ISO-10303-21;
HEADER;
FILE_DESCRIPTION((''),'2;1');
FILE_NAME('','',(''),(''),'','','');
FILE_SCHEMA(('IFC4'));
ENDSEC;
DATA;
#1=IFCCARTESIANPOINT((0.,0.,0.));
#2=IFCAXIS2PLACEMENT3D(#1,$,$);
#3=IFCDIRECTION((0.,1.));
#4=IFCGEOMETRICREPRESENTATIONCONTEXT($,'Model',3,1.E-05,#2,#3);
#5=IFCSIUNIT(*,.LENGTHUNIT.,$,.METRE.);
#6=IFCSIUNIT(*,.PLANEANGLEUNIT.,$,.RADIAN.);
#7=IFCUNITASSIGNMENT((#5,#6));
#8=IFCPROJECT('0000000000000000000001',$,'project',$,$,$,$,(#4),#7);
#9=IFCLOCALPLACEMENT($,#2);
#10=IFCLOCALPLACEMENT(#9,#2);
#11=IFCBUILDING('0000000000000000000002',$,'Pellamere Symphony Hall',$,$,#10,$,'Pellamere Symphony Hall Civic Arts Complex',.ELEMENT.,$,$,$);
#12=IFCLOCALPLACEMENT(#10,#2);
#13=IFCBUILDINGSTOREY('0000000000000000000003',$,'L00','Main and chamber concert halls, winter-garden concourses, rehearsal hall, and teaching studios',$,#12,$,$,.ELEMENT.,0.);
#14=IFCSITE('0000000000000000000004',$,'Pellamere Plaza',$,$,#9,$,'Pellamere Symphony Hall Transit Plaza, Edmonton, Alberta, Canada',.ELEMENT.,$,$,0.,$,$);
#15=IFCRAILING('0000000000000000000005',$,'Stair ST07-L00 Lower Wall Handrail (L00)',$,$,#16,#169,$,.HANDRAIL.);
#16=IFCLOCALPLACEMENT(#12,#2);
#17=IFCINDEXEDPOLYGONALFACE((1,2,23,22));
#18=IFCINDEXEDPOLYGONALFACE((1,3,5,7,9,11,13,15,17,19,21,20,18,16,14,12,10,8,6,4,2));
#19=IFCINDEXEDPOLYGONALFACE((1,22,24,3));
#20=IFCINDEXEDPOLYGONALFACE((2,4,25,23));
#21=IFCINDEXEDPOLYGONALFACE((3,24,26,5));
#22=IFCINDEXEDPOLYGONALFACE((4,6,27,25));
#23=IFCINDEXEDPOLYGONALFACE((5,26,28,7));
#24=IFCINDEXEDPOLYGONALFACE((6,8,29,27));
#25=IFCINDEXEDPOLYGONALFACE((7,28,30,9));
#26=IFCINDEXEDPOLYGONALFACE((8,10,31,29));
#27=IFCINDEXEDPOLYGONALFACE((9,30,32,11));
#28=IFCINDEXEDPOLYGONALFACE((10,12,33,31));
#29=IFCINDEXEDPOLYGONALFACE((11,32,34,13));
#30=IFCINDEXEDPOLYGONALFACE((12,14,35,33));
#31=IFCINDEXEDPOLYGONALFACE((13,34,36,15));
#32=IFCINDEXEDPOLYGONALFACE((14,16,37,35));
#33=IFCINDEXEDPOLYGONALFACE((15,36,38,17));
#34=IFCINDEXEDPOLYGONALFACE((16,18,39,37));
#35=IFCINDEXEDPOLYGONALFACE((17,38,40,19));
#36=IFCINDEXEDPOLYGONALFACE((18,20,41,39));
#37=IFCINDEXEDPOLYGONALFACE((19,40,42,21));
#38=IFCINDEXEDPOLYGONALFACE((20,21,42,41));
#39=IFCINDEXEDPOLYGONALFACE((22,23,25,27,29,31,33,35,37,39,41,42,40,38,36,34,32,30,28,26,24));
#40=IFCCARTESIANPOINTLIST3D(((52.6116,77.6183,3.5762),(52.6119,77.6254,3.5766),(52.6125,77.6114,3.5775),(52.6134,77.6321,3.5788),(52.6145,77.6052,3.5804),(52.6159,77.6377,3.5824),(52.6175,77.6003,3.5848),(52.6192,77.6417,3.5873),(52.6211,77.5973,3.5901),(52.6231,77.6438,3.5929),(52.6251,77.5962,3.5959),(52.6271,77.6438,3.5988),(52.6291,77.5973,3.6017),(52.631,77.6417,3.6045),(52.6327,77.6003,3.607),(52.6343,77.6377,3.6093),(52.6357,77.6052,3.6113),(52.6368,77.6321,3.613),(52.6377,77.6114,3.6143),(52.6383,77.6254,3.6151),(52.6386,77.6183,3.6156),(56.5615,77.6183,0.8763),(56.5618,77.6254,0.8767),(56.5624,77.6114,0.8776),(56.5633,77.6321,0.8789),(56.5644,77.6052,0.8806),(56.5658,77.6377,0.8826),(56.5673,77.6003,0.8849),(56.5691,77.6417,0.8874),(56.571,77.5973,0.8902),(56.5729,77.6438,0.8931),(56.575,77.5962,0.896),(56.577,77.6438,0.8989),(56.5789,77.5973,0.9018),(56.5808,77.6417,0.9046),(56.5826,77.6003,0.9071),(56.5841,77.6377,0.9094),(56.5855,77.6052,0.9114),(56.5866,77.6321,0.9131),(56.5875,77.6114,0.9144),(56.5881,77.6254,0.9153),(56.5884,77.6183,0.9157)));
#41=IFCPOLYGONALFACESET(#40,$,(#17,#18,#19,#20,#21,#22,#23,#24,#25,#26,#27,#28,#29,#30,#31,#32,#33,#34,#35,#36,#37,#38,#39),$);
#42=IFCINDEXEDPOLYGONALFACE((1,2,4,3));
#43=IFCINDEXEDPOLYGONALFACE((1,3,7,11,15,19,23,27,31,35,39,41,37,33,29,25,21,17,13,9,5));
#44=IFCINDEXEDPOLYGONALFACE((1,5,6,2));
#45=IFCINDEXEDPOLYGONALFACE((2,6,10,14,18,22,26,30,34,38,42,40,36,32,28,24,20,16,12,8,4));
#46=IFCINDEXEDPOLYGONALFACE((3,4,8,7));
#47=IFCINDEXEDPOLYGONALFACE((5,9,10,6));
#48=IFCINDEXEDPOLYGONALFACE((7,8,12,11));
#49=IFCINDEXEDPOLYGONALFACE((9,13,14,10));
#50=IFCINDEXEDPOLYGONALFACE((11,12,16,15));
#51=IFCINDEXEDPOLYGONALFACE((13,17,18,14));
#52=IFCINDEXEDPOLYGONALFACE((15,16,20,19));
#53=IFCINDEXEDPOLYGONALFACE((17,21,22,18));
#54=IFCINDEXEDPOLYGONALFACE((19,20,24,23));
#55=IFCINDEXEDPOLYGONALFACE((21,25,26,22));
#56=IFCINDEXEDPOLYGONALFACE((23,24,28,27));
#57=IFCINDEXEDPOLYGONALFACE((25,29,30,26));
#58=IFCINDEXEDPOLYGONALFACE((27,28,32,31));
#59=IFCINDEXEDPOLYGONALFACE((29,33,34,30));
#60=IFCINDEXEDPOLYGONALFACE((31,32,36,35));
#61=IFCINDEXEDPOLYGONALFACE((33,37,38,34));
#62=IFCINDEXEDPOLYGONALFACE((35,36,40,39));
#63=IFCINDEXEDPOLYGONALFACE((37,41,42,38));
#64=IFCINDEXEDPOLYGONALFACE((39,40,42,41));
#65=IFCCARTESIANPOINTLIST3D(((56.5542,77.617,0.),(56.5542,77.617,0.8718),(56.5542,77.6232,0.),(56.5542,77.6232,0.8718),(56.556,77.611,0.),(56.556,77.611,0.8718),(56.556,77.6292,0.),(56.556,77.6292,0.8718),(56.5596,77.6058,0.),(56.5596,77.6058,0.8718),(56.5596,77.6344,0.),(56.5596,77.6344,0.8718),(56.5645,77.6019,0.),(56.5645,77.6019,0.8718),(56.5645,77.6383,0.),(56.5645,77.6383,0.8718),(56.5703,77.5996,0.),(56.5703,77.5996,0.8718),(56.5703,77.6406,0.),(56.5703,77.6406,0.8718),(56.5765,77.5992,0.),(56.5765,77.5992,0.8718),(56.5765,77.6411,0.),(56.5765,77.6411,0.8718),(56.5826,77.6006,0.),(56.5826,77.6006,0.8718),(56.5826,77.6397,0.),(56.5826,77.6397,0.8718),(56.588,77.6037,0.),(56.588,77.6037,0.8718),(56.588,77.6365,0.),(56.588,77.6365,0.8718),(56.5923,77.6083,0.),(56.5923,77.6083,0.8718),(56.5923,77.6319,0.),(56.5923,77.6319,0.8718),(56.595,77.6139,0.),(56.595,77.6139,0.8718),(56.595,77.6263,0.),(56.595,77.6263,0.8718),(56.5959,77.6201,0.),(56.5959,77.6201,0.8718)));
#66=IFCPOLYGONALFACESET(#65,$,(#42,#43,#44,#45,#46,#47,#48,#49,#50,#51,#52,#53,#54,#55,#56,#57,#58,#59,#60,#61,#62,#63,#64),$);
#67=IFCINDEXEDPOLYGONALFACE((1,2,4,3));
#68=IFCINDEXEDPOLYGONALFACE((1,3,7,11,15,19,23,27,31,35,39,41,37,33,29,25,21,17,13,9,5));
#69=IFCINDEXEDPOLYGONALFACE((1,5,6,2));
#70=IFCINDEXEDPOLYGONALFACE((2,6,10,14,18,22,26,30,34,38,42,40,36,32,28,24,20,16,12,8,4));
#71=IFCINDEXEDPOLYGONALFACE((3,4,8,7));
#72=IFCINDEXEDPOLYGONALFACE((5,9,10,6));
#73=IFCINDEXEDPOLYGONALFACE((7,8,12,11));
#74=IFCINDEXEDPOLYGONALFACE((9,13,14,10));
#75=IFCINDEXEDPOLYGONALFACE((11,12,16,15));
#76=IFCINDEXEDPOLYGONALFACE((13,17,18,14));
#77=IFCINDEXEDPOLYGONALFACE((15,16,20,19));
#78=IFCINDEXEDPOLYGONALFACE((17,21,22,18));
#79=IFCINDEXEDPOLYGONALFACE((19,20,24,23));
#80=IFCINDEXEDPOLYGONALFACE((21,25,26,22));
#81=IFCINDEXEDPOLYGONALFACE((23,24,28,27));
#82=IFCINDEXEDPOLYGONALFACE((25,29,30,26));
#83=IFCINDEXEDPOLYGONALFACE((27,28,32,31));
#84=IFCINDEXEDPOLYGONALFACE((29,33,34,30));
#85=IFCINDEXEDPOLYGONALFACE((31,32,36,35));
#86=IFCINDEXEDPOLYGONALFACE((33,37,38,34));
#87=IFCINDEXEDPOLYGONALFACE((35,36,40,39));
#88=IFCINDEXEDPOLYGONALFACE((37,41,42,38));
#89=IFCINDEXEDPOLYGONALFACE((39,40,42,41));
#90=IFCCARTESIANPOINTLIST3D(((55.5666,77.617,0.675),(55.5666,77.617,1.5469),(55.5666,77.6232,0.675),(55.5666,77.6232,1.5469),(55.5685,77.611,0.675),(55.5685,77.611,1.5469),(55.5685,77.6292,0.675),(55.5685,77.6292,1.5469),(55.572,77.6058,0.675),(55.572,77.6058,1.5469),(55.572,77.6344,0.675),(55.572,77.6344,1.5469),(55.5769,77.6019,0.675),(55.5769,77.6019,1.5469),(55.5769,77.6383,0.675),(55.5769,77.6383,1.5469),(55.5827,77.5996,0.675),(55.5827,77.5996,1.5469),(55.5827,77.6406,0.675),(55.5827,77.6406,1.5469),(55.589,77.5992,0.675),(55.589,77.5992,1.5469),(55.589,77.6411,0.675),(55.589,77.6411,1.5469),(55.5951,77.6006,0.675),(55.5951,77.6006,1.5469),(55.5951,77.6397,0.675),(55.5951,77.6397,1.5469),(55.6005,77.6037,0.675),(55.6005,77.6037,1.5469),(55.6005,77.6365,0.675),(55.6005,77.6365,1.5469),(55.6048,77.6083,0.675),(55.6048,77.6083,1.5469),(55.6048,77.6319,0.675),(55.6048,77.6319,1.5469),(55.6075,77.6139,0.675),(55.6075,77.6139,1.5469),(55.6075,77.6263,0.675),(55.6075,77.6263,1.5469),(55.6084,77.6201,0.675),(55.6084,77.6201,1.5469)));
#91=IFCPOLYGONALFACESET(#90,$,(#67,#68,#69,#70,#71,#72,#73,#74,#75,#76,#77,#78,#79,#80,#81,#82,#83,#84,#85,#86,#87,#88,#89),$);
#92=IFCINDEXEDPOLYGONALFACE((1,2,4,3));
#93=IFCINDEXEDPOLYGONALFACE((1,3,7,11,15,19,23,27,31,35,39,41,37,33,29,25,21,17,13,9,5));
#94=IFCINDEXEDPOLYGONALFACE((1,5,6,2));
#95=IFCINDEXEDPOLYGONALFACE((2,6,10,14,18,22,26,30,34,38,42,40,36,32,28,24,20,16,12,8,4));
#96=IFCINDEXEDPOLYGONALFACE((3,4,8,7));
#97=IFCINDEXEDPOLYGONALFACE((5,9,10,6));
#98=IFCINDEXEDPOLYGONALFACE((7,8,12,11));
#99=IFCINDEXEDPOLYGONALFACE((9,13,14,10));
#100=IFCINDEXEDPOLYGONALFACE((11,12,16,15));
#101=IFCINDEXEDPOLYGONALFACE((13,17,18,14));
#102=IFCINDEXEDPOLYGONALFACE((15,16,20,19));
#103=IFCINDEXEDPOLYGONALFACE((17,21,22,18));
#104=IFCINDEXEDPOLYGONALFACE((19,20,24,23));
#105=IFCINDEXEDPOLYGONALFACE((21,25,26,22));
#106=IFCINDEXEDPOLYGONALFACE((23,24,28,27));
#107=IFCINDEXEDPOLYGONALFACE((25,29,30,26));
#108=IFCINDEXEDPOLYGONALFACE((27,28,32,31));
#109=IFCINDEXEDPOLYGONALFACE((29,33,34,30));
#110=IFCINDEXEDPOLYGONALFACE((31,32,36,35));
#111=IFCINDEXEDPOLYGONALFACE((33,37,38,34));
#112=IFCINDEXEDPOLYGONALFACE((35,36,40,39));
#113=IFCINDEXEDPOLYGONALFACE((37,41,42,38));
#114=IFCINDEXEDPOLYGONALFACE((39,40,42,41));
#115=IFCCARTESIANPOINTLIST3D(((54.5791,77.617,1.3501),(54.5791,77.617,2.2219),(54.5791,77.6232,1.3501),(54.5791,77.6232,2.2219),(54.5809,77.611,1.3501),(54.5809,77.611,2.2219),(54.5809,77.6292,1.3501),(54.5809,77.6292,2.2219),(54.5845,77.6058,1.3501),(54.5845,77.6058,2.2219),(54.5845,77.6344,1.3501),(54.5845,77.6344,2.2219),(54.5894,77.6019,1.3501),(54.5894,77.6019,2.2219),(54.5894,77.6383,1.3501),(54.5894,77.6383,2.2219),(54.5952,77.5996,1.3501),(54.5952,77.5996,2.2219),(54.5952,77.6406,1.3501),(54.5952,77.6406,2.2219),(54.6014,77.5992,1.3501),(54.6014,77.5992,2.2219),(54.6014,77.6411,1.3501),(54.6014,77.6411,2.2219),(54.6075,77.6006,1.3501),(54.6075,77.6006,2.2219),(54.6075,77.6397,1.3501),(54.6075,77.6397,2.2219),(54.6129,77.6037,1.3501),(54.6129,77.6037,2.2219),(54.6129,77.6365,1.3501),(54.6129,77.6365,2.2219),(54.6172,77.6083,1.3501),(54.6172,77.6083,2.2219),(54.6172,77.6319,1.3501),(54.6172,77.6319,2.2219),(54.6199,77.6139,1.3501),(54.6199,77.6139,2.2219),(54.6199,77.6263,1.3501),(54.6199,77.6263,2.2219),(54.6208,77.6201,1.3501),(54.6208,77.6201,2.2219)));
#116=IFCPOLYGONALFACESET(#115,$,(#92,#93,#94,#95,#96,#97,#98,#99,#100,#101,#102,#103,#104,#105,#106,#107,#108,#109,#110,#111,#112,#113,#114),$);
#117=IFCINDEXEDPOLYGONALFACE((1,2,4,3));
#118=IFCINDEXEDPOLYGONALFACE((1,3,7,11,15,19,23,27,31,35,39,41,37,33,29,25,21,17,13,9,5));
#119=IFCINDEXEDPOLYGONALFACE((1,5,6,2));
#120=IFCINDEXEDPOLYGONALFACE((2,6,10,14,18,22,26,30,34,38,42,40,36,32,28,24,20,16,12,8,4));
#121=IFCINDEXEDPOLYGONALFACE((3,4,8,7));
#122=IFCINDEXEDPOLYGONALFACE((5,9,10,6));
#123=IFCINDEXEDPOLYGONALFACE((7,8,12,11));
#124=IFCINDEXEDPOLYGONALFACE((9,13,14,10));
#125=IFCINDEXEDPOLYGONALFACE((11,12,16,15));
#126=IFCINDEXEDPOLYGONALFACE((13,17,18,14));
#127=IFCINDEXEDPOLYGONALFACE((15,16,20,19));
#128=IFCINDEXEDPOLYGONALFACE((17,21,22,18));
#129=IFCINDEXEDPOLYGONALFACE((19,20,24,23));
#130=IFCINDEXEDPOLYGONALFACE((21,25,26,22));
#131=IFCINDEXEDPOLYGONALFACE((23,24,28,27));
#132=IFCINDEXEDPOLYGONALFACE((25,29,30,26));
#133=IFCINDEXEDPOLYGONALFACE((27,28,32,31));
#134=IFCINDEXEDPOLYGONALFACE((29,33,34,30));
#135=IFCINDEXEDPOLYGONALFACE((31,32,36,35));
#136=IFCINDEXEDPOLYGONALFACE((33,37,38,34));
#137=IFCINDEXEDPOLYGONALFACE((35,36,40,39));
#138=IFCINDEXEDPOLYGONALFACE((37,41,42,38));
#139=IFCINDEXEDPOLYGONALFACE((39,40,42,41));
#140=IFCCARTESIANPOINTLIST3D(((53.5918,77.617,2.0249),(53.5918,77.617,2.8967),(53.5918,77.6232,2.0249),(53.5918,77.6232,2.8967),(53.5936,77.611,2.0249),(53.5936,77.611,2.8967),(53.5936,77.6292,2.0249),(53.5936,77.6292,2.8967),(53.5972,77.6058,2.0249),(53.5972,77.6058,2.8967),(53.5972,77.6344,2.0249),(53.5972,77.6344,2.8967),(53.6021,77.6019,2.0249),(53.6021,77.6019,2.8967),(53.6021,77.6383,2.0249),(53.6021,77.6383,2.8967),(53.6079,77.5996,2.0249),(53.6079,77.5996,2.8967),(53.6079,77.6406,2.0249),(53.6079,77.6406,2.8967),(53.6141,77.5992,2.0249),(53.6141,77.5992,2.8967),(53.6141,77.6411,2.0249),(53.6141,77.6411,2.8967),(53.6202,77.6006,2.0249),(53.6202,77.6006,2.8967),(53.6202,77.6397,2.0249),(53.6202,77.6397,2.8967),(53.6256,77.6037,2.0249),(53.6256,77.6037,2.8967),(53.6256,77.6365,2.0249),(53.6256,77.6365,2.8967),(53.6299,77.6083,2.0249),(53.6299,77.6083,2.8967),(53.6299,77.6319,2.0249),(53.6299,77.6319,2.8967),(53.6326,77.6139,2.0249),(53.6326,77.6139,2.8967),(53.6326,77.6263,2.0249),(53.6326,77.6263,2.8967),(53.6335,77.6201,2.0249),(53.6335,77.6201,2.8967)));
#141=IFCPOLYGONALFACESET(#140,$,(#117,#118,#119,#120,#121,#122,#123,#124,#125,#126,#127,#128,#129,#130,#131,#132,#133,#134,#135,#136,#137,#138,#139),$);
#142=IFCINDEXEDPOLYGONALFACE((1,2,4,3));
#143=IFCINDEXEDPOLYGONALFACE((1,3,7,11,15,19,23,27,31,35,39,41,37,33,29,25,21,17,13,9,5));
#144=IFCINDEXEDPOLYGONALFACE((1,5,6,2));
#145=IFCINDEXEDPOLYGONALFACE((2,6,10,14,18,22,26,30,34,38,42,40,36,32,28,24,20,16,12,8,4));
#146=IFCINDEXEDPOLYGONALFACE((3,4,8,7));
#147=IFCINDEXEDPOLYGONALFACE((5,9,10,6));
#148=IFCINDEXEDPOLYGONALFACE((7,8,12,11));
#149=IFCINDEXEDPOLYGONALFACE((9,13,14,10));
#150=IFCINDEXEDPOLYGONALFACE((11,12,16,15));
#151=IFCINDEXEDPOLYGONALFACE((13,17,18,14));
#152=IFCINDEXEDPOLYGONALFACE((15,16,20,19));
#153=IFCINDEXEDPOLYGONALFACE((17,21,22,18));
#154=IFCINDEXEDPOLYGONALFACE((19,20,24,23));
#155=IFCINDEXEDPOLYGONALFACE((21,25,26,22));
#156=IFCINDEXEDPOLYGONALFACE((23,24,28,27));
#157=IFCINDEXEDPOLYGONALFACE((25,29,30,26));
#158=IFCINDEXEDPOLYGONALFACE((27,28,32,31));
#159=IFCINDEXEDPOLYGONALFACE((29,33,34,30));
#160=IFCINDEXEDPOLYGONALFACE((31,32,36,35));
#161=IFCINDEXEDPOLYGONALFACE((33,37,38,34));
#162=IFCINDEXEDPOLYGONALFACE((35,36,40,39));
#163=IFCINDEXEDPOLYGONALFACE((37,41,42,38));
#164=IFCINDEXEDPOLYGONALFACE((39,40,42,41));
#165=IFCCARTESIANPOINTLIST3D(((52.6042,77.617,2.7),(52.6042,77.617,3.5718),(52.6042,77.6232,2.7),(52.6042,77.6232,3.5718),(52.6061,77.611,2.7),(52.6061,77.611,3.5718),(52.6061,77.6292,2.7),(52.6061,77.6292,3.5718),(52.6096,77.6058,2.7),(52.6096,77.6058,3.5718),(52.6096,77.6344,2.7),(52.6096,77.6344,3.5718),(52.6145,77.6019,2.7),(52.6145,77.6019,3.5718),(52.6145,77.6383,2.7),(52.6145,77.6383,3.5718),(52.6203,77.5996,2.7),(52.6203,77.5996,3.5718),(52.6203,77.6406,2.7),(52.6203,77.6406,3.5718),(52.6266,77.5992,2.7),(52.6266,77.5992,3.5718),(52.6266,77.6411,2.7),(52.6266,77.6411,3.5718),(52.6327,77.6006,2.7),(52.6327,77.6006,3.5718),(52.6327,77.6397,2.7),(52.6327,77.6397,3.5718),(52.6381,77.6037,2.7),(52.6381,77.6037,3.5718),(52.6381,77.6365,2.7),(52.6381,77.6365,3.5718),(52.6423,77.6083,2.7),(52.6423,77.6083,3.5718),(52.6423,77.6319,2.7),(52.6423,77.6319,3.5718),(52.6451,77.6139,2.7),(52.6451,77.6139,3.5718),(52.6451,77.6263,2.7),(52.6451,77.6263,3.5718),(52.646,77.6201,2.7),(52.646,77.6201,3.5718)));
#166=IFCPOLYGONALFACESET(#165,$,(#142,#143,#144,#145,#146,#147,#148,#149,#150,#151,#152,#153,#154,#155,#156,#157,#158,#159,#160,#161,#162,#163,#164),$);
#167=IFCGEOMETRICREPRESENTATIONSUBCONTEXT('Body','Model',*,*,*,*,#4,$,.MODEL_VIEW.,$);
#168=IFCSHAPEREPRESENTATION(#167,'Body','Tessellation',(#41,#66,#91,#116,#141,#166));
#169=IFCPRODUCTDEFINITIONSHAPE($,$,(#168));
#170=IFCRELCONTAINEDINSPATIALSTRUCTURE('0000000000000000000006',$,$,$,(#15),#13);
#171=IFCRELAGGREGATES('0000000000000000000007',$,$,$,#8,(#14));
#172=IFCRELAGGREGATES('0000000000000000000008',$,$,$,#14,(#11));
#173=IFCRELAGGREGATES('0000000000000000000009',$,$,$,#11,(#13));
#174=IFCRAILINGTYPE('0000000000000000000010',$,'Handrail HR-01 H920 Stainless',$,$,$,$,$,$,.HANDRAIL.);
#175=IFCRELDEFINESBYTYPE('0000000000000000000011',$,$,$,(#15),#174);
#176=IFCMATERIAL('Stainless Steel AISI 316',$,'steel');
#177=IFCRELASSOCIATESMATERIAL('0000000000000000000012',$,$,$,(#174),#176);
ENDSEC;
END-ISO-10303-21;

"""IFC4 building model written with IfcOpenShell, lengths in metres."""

from ifc_helpers import new_model, si_unit, direction, frame, origin, origin_2d, place, context, subcontext, project, spatial, circle, extrude, material, type_object, element, save


model = new_model("IFC4")

# Units and contexts
model_context = context("Model", 3, precision=1e-05, world=origin(), true_north=direction((0.0, 1.0)))
body_context = subcontext(model_context, "Body", "Model", "MODEL_VIEW")
ifc_project = project(units=[si_unit("LENGTHUNIT", "METRE"), si_unit("PLANEANGLEUNIT", "RADIAN")], contexts=[model_context])

# Site, building, storey
site_placement = place(None, origin())
site = spatial("IfcSite", under=ifc_project, at=site_placement, Name="Pellamere Plaza", LongName="Pellamere Symphony Hall Transit Plaza, Edmonton, Alberta, Canada", CompositionType="ELEMENT", RefElevation=0.0)
building_placement = place(site_placement, origin())
building = spatial("IfcBuilding", under=site, at=building_placement, Name="Pellamere Symphony Hall", LongName="Pellamere Symphony Hall Civic Arts Complex", CompositionType="ELEMENT")
storey_placement = place(building_placement, origin())
storey = spatial("IfcBuildingStorey", under=building, at=storey_placement, Name="L00", Description="Main and chamber concert halls, winter-garden concourses, rehearsal hall, and teaching studios", CompositionType="ELEMENT", Elevation=0.0)

# Railing
ifc_material_1 = material(Name="Stainless Steel AISI 316", Category="steel")
railing_type_1 = type_object("IfcRailingType", Name="Handrail HR-01 H920 Stainless", PredefinedType="HANDRAIL", material=ifc_material_1)
railing_1_placement = place(storey_placement, frame((56.575, 77.6201, 0.0)))
element("IfcRailing", 1, at=railing_1_placement, inside=storey, type_object=railing_type_1, Name="Stair ST07-L00 Lower Wall Handrail (L00)", PredefinedType="HANDRAIL", context=body_context, shape_type="SweptSolid", body=[
    extrude(circle(Radius=0.0239, at=origin_2d()), frame((0.0, 0.0, 0.896), z_axis=(-0.825565, 0.0, 0.564307), x_axis=(0.0, -1.0, 0.0)), (0.0, 0.0, 1.0), 4.7844),
    extrude(circle(Radius=0.021, at=origin_2d()), origin(), (0.0, 0.0, 1.0), 0.8718),
    extrude(circle(Radius=0.021, at=origin_2d()), frame((-0.9875, 0.0, 0.675)), (0.0, 0.0, 1.0), 0.8718),
    extrude(circle(Radius=0.021, at=origin_2d()), frame((-1.9751, 0.0, 1.3501)), (0.0, 0.0, 1.0), 0.8718),
    extrude(circle(Radius=0.021, at=origin_2d()), frame((-2.9624, 0.0, 2.0249)), (0.0, 0.0, 1.0), 0.8718),
    extrude(circle(Radius=0.021, at=origin_2d()), frame((-3.95, 0.0, 2.7)), (0.0, 0.0, 1.0), 0.8718),
])

save(model, "model.ifc")
